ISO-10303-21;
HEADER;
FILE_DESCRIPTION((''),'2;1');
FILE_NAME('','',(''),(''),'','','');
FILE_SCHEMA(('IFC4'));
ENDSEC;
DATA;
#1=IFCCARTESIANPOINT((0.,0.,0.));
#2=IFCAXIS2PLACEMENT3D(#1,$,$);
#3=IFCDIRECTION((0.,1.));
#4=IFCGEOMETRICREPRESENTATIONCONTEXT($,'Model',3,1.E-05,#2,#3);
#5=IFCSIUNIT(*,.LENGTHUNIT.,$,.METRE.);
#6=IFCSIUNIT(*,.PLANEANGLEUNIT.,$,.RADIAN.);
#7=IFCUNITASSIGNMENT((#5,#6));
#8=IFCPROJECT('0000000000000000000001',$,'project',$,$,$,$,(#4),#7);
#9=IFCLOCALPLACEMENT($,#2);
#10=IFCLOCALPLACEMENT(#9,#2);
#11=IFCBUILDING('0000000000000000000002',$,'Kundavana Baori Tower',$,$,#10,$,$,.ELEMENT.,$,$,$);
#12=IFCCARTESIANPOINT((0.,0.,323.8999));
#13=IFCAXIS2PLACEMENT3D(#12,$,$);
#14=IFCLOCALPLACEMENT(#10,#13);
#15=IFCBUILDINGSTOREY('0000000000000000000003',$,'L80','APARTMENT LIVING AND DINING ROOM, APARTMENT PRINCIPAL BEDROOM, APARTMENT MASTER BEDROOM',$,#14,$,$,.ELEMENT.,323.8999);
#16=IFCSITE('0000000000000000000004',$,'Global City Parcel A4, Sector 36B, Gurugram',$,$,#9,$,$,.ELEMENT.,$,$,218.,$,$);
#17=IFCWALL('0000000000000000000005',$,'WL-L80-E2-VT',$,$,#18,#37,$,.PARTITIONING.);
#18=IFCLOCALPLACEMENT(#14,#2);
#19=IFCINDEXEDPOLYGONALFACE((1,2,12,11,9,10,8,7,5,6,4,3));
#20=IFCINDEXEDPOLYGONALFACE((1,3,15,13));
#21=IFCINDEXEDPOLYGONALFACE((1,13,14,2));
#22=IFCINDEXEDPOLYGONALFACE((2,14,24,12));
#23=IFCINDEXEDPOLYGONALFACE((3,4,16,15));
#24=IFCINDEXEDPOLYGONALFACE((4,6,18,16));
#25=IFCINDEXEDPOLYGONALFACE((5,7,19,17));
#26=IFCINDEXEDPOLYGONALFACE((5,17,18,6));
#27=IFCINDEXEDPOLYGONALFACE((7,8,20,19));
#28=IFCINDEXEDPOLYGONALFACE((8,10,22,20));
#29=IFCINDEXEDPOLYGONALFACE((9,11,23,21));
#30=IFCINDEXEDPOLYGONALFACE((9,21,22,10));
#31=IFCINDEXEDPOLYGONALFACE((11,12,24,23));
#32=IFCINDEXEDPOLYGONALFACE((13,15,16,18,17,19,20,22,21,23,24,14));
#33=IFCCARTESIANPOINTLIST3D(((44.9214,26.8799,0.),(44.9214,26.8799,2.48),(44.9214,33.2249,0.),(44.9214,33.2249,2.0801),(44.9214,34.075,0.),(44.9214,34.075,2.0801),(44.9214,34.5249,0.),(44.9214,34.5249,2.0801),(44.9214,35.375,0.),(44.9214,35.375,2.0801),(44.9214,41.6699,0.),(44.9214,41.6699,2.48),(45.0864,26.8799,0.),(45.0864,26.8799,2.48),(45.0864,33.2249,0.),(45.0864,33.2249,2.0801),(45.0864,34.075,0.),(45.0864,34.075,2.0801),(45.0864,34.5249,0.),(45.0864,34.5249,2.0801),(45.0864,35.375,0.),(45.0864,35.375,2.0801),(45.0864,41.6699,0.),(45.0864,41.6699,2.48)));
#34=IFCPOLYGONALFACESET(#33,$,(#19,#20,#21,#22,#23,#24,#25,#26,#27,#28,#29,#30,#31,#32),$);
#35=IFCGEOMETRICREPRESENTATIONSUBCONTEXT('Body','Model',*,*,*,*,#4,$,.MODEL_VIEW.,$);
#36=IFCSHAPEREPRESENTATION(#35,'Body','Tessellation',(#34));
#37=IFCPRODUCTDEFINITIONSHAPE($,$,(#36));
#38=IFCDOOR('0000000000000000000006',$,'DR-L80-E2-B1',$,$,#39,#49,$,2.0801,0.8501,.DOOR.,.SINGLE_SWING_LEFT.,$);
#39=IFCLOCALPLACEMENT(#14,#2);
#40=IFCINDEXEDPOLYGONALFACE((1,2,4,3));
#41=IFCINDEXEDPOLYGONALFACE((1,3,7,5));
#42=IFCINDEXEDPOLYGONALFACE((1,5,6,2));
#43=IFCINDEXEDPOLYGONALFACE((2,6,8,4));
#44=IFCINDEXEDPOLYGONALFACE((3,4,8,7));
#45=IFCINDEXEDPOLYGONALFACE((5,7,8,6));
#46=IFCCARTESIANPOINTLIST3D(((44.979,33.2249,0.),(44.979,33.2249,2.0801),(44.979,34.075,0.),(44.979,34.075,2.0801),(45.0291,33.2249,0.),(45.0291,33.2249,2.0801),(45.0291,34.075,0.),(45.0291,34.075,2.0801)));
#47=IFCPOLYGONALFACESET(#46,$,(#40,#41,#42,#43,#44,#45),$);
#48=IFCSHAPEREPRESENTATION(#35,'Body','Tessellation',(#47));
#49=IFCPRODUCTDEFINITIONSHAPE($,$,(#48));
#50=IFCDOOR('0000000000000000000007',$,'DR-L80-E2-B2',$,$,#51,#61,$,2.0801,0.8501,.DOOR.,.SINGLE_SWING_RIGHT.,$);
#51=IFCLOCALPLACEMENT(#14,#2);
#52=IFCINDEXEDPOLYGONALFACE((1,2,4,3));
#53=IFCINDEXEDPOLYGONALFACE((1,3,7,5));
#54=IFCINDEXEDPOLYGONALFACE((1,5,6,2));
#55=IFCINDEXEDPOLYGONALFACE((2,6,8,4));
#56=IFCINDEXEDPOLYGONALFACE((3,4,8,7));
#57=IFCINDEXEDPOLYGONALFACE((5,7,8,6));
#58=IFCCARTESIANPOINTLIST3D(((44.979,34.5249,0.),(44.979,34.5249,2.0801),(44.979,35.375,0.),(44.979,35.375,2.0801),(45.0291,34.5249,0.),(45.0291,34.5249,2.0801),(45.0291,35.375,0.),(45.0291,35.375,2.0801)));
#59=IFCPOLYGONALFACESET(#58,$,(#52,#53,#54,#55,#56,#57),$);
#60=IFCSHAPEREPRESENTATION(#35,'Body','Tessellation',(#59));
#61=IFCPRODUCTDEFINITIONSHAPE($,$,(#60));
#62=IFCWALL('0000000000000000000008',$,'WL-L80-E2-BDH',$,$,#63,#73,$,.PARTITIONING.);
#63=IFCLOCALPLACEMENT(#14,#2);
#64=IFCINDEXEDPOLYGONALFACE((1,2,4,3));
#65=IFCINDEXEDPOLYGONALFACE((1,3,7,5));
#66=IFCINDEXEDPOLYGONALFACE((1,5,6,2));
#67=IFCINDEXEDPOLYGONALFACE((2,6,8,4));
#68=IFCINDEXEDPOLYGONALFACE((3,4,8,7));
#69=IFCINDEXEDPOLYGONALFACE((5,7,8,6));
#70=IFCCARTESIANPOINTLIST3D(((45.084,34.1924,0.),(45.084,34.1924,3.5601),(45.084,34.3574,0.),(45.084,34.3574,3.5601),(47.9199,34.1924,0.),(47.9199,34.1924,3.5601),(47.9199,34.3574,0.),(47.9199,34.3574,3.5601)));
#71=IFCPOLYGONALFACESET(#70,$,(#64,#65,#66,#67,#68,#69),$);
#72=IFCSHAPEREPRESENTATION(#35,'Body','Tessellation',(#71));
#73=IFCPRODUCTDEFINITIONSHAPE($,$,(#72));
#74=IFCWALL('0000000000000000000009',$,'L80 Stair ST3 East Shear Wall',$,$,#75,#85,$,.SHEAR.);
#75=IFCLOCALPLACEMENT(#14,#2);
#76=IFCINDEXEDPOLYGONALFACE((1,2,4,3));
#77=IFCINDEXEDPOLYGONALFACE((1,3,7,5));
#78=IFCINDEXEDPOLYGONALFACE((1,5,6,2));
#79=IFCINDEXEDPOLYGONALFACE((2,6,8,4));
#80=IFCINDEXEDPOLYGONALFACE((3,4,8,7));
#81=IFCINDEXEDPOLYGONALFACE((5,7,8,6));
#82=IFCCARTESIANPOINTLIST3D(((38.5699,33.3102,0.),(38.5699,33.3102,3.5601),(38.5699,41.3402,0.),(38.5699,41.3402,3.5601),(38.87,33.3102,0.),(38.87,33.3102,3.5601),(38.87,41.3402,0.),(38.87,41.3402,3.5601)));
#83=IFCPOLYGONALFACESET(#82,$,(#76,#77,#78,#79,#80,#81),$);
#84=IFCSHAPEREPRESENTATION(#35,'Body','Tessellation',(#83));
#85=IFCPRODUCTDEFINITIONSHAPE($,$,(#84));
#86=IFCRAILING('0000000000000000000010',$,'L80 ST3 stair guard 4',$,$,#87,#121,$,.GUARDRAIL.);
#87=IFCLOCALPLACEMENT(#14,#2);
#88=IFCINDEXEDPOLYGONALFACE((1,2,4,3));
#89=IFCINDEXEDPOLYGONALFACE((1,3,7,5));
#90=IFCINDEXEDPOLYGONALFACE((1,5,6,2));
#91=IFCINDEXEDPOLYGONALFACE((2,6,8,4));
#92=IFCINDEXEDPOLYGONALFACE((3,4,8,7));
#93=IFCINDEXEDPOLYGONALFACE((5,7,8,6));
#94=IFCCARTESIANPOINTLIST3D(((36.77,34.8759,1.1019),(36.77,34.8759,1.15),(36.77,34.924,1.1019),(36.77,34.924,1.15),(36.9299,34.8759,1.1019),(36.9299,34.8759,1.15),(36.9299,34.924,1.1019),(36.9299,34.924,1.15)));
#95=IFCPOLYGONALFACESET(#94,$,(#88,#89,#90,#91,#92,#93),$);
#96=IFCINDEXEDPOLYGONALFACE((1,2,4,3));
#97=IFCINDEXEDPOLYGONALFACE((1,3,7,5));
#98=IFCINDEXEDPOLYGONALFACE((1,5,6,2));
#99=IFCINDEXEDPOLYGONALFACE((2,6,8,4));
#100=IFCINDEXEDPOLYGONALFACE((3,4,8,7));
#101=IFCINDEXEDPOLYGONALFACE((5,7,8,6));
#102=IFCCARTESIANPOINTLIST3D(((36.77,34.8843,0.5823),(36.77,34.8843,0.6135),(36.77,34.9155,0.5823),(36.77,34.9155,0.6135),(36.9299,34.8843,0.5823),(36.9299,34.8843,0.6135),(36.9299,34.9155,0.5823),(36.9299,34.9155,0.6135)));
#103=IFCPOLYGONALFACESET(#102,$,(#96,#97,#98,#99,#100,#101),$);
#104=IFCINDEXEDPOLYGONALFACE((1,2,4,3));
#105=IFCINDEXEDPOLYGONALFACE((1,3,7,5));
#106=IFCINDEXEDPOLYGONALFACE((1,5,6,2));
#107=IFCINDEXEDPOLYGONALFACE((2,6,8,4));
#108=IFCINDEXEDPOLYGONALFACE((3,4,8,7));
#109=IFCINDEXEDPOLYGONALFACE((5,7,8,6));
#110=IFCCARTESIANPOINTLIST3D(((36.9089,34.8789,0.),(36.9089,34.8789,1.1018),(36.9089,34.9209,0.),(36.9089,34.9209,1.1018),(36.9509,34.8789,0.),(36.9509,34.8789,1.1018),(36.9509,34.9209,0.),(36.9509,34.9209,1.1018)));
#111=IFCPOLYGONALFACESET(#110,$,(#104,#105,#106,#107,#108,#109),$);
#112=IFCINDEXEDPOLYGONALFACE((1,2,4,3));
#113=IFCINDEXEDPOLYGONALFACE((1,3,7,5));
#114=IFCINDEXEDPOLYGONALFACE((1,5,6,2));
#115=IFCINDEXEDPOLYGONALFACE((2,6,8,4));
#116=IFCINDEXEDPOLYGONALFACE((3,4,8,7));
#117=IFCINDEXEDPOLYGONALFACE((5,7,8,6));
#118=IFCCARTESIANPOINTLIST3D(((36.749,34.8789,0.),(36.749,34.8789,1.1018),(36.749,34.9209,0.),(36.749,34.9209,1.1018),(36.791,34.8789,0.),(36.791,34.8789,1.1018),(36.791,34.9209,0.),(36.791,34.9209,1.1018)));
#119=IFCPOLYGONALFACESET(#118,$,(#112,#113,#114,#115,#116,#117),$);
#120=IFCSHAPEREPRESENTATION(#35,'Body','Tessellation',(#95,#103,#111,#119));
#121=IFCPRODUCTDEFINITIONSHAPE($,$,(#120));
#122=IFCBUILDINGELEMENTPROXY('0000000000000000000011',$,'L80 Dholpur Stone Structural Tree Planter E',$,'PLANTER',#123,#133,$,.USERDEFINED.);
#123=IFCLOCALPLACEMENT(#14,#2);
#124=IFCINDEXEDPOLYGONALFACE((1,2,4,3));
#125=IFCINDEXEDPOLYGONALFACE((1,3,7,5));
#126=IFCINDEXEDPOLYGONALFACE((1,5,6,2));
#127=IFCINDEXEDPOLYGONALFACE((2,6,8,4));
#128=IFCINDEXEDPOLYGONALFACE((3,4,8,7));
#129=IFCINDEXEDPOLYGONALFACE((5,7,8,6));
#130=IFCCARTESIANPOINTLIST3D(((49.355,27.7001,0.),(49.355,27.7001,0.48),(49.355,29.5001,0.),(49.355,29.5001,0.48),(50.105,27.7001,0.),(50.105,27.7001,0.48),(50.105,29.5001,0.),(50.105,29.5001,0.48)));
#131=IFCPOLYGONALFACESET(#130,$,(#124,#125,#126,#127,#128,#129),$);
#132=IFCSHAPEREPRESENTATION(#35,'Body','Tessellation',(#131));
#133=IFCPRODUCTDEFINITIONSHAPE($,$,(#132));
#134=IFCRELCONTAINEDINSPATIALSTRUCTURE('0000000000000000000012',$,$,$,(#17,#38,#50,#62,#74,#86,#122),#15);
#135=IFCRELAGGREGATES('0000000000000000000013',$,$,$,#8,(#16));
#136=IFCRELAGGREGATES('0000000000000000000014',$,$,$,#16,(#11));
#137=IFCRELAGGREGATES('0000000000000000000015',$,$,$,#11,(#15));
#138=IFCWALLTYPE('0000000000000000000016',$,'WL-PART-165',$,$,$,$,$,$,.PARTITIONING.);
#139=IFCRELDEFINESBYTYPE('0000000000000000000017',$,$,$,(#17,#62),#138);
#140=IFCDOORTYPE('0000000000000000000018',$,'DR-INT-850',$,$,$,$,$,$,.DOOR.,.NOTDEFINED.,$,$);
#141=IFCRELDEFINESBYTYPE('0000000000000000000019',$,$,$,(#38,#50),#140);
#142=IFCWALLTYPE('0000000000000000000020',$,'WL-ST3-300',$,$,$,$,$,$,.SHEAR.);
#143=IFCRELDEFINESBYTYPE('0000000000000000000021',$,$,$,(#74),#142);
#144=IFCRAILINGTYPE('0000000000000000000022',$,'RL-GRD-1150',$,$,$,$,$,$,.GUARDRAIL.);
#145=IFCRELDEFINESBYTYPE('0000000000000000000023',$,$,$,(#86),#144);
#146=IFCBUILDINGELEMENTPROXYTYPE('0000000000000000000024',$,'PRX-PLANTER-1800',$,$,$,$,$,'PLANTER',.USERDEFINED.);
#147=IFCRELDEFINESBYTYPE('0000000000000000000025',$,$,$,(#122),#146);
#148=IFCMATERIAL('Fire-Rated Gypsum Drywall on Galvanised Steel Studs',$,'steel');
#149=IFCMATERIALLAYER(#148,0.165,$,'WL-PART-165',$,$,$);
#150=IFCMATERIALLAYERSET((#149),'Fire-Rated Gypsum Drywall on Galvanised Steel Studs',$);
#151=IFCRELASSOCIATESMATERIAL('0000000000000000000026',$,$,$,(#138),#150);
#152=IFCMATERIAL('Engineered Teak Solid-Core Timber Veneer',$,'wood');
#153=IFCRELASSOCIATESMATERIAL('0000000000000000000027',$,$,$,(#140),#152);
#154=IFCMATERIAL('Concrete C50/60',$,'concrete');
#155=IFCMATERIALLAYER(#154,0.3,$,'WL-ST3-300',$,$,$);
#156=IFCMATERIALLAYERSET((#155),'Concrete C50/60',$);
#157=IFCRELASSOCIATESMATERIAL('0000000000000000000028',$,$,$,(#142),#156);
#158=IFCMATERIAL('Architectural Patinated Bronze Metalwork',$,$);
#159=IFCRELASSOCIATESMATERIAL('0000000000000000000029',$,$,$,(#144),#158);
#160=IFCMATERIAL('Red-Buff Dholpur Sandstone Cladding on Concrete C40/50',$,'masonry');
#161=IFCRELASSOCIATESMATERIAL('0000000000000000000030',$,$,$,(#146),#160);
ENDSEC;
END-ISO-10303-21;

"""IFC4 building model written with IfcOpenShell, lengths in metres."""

from ifc_helpers import new_model, si_unit, direction, frame, frame_2d, origin, origin_2d, place, context, subcontext, project, spatial, rectangle, extrude, material, layer, layer_set, type_object, element, fill, save


model = new_model("IFC4")

# Units and contexts
model_context = context("Model", 3, precision=1e-05, world=origin(), true_north=direction((0.0, 1.0)))
body_context = subcontext(model_context, "Body", "Model", "MODEL_VIEW")
ifc_project = project(units=[si_unit("LENGTHUNIT", "METRE"), si_unit("PLANEANGLEUNIT", "RADIAN")], contexts=[model_context])

# Site, building, storey
site_placement = place(None, origin())
site = spatial("IfcSite", under=ifc_project, at=site_placement, Name="Global City Parcel A4, Sector 36B, Gurugram", CompositionType="ELEMENT", RefElevation=218.0)
building_placement = place(site_placement, origin())
building = spatial("IfcBuilding", under=site, at=building_placement, Name="Kundavana Baori Tower", CompositionType="ELEMENT")
storey_placement = place(building_placement, frame((0.0, 0.0, 323.8999)))
storey = spatial("IfcBuildingStorey", under=building, at=storey_placement, Name="L80", Description="APARTMENT LIVING AND DINING ROOM, APARTMENT PRINCIPAL BEDROOM, APARTMENT MASTER BEDROOM", CompositionType="ELEMENT", Elevation=323.8999)

# Shared definitions
ifc_material_1 = material(Name="Fire-Rated Gypsum Drywall on Galvanised Steel Studs", Category="steel")
ifc_layer_1 = layer(ifc_material_1, 0.165, Name="WL-PART-165")
ifc_layer_set_1 = layer_set([ifc_layer_1], Name="Fire-Rated Gypsum Drywall on Galvanised Steel Studs")
wall_type_1 = type_object("IfcWallType", Name="WL-PART-165", PredefinedType="PARTITIONING", material=ifc_layer_set_1)

# Wall, openings, doors
wall_1_placement = place(storey_placement, frame((45.0039, 26.8799, 0.0), z_axis=(0.0, 0.0, 1.0), x_axis=(0.0, 1.0, 0.0)))
wall_1 = element("IfcWall", 1, at=wall_1_placement, inside=storey, type_object=wall_type_1, Name="WL-L80-E2-VT", PredefinedType="PARTITIONING", context=body_context, shape_type="SweptSolid", body=[
    extrude(rectangle(XDim=14.79, YDim=0.165, at=frame_2d((7.395, 0.0))), origin(), (0.0, 0.0, 1.0), 2.48),
])
opening_1_placement = place(wall_1_placement, frame((6.345, 0.0, 0.0)))
opening_1 = element("IfcOpeningElement", 2, at=opening_1_placement, cuts=wall_1, PredefinedType="OPENING", context=body_context, shape_type="SweptSolid", body=[
    extrude(rectangle(XDim=0.8501, YDim=2.0801, at=frame_2d((0.425, 1.04))), frame((0.0, 0.0925, 0.0), z_axis=(0.0, -1.0, 0.0), x_axis=(1.0, 0.0, 0.0)), (0.0, 0.0, 1.0), 0.1851),
])
opening_2_placement = place(wall_1_placement, frame((7.645, 0.0, 0.0)))
opening_2 = element("IfcOpeningElement", 3, at=opening_2_placement, cuts=wall_1, PredefinedType="OPENING", context=body_context, shape_type="SweptSolid", body=[
    extrude(rectangle(XDim=0.8501, YDim=2.0801, at=frame_2d((0.425, 1.04))), frame((0.0, 0.0925, 0.0), z_axis=(0.0, -1.0, 0.0), x_axis=(1.0, 0.0, 0.0)), (0.0, 0.0, 1.0), 0.1851),
])
ifc_material_2 = material(Name="Engineered Teak Solid-Core Timber Veneer", Category="wood")
door_type_1 = type_object("IfcDoorType", Name="DR-INT-850", OperationType="NOTDEFINED", PredefinedType="DOOR", material=ifc_material_2)
door_1_placement = place(opening_1_placement, origin())
door_1 = element("IfcDoor", 4, at=door_1_placement, inside=storey, type_object=door_type_1, Name="DR-L80-E2-B1", OperationType="SINGLE_SWING_LEFT", OverallHeight=2.0801, OverallWidth=0.8501, PredefinedType="DOOR", context=body_context, shape_type="SweptSolid", body=[
    extrude(rectangle(XDim=0.8501, YDim=2.0801, at=frame_2d((0.425, 1.04))), frame((0.0, 0.0249, 0.0), z_axis=(0.0, -1.0, 0.0), x_axis=(1.0, 0.0, 0.0)), (0.0, 0.0, 1.0), 0.05),
])
fill(opening_1, door_1)
door_2_placement = place(opening_2_placement, origin())
door_2 = element("IfcDoor", 5, at=door_2_placement, inside=storey, type_object=door_type_1, Name="DR-L80-E2-B2", OperationType="SINGLE_SWING_RIGHT", OverallHeight=2.0801, OverallWidth=0.8501, PredefinedType="DOOR", context=body_context, shape_type="SweptSolid", body=[
    extrude(rectangle(XDim=0.8501, YDim=2.0801, at=frame_2d((0.425, 1.04))), frame((0.0, 0.0249, 0.0), z_axis=(0.0, -1.0, 0.0), x_axis=(1.0, 0.0, 0.0)), (0.0, 0.0, 1.0), 0.05),
])
fill(opening_2, door_2)

# Wall
wall_2_placement = place(storey_placement, frame((45.084, 34.2749, 0.0), z_axis=(0.0, 0.0, 1.0), x_axis=(1.0, 0.0, 0.0)))
element("IfcWall", 6, at=wall_2_placement, inside=storey, type_object=wall_type_1, Name="WL-L80-E2-BDH", PredefinedType="PARTITIONING", context=body_context, shape_type="SweptSolid", body=[
    extrude(rectangle(XDim=2.8359, YDim=0.165, at=frame_2d((1.418, 0.0))), origin(), (0.0, 0.0, 1.0), 3.5601),
])

# Wall
ifc_material_3 = material(Name="Concrete C50/60", Category="concrete")
ifc_layer_2 = layer(ifc_material_3, 0.3, Name="WL-ST3-300")
ifc_layer_set_2 = layer_set([ifc_layer_2], Name="Concrete C50/60")
wall_type_2 = type_object("IfcWallType", Name="WL-ST3-300", PredefinedType="SHEAR", material=ifc_layer_set_2)
wall_3_placement = place(storey_placement, frame((38.72, 33.3101, 0.0), z_axis=(0.0, 0.0, 1.0), x_axis=(0.0, 1.0, 0.0)))
element("IfcWall", 7, at=wall_3_placement, inside=storey, type_object=wall_type_2, Name="L80 Stair ST3 East Shear Wall", PredefinedType="SHEAR", context=body_context, shape_type="SweptSolid", body=[
    extrude(rectangle(XDim=8.03, YDim=0.3, at=frame_2d((4.0151, 0.0))), origin(), (0.0, 0.0, 1.0), 3.5601),
])

# Railing
ifc_material_4 = material(Name="Architectural Patinated Bronze Metalwork")
railing_type = type_object("IfcRailingType", Name="RL-GRD-1150", PredefinedType="GUARDRAIL", material=ifc_material_4)
railing_placement = place(storey_placement, frame((36.9299, 34.8999, 0.0)))
element("IfcRailing", 8, at=railing_placement, inside=storey, type_object=railing_type, Name="L80 ST3 stair guard 4", PredefinedType="GUARDRAIL", context=body_context, shape_type="SweptSolid", body=[
    extrude(rectangle(XDim=0.0481, YDim=0.0481, at=origin_2d()), frame((0.0, 0.0, 1.126), z_axis=(-1.0, 0.0, 0.0), x_axis=(0.0, -1.0, 0.0)), (0.0, 0.0, 1.0), 0.1599),
    extrude(rectangle(XDim=0.0312, YDim=0.0312, at=origin_2d()), frame((0.0, 0.0, 0.5979), z_axis=(-1.0, 0.0, 0.0), x_axis=(0.0, -1.0, 0.0)), (0.0, 0.0, 1.0), 0.1599),
    extrude(rectangle(XDim=0.042, YDim=0.042, at=origin_2d()), origin(), (0.0, 0.0, 1.0), 1.1018),
    extrude(rectangle(XDim=0.042, YDim=0.042, at=origin_2d()), frame((-0.1599, 0.0, 0.0)), (0.0, 0.0, 1.0), 1.1018),
])

# Building element proxy
ifc_material_5 = material(Name="Red-Buff Dholpur Sandstone Cladding on Concrete C40/50", Category="masonry")
building_element_proxy_type = type_object("IfcBuildingElementProxyType", Name="PRX-PLANTER-1800", ElementType="PLANTER", PredefinedType="USERDEFINED", material=ifc_material_5)
proxy_placement = place(storey_placement, frame((49.73, 28.6001, 0.0), z_axis=(0.0, 0.0, 1.0), x_axis=(0.0, 1.0, 0.0)))
element("IfcBuildingElementProxy", 9, at=proxy_placement, inside=storey, type_object=building_element_proxy_type, Name="L80 Dholpur Stone Structural Tree Planter E", ObjectType="PLANTER", PredefinedType="USERDEFINED", context=body_context, shape_type="SweptSolid", body=[
    extrude(rectangle(XDim=1.8, YDim=0.75, at=origin_2d()), origin(), (0.0, 0.0, 1.0), 0.48),
])

save(model, "model.ifc")
